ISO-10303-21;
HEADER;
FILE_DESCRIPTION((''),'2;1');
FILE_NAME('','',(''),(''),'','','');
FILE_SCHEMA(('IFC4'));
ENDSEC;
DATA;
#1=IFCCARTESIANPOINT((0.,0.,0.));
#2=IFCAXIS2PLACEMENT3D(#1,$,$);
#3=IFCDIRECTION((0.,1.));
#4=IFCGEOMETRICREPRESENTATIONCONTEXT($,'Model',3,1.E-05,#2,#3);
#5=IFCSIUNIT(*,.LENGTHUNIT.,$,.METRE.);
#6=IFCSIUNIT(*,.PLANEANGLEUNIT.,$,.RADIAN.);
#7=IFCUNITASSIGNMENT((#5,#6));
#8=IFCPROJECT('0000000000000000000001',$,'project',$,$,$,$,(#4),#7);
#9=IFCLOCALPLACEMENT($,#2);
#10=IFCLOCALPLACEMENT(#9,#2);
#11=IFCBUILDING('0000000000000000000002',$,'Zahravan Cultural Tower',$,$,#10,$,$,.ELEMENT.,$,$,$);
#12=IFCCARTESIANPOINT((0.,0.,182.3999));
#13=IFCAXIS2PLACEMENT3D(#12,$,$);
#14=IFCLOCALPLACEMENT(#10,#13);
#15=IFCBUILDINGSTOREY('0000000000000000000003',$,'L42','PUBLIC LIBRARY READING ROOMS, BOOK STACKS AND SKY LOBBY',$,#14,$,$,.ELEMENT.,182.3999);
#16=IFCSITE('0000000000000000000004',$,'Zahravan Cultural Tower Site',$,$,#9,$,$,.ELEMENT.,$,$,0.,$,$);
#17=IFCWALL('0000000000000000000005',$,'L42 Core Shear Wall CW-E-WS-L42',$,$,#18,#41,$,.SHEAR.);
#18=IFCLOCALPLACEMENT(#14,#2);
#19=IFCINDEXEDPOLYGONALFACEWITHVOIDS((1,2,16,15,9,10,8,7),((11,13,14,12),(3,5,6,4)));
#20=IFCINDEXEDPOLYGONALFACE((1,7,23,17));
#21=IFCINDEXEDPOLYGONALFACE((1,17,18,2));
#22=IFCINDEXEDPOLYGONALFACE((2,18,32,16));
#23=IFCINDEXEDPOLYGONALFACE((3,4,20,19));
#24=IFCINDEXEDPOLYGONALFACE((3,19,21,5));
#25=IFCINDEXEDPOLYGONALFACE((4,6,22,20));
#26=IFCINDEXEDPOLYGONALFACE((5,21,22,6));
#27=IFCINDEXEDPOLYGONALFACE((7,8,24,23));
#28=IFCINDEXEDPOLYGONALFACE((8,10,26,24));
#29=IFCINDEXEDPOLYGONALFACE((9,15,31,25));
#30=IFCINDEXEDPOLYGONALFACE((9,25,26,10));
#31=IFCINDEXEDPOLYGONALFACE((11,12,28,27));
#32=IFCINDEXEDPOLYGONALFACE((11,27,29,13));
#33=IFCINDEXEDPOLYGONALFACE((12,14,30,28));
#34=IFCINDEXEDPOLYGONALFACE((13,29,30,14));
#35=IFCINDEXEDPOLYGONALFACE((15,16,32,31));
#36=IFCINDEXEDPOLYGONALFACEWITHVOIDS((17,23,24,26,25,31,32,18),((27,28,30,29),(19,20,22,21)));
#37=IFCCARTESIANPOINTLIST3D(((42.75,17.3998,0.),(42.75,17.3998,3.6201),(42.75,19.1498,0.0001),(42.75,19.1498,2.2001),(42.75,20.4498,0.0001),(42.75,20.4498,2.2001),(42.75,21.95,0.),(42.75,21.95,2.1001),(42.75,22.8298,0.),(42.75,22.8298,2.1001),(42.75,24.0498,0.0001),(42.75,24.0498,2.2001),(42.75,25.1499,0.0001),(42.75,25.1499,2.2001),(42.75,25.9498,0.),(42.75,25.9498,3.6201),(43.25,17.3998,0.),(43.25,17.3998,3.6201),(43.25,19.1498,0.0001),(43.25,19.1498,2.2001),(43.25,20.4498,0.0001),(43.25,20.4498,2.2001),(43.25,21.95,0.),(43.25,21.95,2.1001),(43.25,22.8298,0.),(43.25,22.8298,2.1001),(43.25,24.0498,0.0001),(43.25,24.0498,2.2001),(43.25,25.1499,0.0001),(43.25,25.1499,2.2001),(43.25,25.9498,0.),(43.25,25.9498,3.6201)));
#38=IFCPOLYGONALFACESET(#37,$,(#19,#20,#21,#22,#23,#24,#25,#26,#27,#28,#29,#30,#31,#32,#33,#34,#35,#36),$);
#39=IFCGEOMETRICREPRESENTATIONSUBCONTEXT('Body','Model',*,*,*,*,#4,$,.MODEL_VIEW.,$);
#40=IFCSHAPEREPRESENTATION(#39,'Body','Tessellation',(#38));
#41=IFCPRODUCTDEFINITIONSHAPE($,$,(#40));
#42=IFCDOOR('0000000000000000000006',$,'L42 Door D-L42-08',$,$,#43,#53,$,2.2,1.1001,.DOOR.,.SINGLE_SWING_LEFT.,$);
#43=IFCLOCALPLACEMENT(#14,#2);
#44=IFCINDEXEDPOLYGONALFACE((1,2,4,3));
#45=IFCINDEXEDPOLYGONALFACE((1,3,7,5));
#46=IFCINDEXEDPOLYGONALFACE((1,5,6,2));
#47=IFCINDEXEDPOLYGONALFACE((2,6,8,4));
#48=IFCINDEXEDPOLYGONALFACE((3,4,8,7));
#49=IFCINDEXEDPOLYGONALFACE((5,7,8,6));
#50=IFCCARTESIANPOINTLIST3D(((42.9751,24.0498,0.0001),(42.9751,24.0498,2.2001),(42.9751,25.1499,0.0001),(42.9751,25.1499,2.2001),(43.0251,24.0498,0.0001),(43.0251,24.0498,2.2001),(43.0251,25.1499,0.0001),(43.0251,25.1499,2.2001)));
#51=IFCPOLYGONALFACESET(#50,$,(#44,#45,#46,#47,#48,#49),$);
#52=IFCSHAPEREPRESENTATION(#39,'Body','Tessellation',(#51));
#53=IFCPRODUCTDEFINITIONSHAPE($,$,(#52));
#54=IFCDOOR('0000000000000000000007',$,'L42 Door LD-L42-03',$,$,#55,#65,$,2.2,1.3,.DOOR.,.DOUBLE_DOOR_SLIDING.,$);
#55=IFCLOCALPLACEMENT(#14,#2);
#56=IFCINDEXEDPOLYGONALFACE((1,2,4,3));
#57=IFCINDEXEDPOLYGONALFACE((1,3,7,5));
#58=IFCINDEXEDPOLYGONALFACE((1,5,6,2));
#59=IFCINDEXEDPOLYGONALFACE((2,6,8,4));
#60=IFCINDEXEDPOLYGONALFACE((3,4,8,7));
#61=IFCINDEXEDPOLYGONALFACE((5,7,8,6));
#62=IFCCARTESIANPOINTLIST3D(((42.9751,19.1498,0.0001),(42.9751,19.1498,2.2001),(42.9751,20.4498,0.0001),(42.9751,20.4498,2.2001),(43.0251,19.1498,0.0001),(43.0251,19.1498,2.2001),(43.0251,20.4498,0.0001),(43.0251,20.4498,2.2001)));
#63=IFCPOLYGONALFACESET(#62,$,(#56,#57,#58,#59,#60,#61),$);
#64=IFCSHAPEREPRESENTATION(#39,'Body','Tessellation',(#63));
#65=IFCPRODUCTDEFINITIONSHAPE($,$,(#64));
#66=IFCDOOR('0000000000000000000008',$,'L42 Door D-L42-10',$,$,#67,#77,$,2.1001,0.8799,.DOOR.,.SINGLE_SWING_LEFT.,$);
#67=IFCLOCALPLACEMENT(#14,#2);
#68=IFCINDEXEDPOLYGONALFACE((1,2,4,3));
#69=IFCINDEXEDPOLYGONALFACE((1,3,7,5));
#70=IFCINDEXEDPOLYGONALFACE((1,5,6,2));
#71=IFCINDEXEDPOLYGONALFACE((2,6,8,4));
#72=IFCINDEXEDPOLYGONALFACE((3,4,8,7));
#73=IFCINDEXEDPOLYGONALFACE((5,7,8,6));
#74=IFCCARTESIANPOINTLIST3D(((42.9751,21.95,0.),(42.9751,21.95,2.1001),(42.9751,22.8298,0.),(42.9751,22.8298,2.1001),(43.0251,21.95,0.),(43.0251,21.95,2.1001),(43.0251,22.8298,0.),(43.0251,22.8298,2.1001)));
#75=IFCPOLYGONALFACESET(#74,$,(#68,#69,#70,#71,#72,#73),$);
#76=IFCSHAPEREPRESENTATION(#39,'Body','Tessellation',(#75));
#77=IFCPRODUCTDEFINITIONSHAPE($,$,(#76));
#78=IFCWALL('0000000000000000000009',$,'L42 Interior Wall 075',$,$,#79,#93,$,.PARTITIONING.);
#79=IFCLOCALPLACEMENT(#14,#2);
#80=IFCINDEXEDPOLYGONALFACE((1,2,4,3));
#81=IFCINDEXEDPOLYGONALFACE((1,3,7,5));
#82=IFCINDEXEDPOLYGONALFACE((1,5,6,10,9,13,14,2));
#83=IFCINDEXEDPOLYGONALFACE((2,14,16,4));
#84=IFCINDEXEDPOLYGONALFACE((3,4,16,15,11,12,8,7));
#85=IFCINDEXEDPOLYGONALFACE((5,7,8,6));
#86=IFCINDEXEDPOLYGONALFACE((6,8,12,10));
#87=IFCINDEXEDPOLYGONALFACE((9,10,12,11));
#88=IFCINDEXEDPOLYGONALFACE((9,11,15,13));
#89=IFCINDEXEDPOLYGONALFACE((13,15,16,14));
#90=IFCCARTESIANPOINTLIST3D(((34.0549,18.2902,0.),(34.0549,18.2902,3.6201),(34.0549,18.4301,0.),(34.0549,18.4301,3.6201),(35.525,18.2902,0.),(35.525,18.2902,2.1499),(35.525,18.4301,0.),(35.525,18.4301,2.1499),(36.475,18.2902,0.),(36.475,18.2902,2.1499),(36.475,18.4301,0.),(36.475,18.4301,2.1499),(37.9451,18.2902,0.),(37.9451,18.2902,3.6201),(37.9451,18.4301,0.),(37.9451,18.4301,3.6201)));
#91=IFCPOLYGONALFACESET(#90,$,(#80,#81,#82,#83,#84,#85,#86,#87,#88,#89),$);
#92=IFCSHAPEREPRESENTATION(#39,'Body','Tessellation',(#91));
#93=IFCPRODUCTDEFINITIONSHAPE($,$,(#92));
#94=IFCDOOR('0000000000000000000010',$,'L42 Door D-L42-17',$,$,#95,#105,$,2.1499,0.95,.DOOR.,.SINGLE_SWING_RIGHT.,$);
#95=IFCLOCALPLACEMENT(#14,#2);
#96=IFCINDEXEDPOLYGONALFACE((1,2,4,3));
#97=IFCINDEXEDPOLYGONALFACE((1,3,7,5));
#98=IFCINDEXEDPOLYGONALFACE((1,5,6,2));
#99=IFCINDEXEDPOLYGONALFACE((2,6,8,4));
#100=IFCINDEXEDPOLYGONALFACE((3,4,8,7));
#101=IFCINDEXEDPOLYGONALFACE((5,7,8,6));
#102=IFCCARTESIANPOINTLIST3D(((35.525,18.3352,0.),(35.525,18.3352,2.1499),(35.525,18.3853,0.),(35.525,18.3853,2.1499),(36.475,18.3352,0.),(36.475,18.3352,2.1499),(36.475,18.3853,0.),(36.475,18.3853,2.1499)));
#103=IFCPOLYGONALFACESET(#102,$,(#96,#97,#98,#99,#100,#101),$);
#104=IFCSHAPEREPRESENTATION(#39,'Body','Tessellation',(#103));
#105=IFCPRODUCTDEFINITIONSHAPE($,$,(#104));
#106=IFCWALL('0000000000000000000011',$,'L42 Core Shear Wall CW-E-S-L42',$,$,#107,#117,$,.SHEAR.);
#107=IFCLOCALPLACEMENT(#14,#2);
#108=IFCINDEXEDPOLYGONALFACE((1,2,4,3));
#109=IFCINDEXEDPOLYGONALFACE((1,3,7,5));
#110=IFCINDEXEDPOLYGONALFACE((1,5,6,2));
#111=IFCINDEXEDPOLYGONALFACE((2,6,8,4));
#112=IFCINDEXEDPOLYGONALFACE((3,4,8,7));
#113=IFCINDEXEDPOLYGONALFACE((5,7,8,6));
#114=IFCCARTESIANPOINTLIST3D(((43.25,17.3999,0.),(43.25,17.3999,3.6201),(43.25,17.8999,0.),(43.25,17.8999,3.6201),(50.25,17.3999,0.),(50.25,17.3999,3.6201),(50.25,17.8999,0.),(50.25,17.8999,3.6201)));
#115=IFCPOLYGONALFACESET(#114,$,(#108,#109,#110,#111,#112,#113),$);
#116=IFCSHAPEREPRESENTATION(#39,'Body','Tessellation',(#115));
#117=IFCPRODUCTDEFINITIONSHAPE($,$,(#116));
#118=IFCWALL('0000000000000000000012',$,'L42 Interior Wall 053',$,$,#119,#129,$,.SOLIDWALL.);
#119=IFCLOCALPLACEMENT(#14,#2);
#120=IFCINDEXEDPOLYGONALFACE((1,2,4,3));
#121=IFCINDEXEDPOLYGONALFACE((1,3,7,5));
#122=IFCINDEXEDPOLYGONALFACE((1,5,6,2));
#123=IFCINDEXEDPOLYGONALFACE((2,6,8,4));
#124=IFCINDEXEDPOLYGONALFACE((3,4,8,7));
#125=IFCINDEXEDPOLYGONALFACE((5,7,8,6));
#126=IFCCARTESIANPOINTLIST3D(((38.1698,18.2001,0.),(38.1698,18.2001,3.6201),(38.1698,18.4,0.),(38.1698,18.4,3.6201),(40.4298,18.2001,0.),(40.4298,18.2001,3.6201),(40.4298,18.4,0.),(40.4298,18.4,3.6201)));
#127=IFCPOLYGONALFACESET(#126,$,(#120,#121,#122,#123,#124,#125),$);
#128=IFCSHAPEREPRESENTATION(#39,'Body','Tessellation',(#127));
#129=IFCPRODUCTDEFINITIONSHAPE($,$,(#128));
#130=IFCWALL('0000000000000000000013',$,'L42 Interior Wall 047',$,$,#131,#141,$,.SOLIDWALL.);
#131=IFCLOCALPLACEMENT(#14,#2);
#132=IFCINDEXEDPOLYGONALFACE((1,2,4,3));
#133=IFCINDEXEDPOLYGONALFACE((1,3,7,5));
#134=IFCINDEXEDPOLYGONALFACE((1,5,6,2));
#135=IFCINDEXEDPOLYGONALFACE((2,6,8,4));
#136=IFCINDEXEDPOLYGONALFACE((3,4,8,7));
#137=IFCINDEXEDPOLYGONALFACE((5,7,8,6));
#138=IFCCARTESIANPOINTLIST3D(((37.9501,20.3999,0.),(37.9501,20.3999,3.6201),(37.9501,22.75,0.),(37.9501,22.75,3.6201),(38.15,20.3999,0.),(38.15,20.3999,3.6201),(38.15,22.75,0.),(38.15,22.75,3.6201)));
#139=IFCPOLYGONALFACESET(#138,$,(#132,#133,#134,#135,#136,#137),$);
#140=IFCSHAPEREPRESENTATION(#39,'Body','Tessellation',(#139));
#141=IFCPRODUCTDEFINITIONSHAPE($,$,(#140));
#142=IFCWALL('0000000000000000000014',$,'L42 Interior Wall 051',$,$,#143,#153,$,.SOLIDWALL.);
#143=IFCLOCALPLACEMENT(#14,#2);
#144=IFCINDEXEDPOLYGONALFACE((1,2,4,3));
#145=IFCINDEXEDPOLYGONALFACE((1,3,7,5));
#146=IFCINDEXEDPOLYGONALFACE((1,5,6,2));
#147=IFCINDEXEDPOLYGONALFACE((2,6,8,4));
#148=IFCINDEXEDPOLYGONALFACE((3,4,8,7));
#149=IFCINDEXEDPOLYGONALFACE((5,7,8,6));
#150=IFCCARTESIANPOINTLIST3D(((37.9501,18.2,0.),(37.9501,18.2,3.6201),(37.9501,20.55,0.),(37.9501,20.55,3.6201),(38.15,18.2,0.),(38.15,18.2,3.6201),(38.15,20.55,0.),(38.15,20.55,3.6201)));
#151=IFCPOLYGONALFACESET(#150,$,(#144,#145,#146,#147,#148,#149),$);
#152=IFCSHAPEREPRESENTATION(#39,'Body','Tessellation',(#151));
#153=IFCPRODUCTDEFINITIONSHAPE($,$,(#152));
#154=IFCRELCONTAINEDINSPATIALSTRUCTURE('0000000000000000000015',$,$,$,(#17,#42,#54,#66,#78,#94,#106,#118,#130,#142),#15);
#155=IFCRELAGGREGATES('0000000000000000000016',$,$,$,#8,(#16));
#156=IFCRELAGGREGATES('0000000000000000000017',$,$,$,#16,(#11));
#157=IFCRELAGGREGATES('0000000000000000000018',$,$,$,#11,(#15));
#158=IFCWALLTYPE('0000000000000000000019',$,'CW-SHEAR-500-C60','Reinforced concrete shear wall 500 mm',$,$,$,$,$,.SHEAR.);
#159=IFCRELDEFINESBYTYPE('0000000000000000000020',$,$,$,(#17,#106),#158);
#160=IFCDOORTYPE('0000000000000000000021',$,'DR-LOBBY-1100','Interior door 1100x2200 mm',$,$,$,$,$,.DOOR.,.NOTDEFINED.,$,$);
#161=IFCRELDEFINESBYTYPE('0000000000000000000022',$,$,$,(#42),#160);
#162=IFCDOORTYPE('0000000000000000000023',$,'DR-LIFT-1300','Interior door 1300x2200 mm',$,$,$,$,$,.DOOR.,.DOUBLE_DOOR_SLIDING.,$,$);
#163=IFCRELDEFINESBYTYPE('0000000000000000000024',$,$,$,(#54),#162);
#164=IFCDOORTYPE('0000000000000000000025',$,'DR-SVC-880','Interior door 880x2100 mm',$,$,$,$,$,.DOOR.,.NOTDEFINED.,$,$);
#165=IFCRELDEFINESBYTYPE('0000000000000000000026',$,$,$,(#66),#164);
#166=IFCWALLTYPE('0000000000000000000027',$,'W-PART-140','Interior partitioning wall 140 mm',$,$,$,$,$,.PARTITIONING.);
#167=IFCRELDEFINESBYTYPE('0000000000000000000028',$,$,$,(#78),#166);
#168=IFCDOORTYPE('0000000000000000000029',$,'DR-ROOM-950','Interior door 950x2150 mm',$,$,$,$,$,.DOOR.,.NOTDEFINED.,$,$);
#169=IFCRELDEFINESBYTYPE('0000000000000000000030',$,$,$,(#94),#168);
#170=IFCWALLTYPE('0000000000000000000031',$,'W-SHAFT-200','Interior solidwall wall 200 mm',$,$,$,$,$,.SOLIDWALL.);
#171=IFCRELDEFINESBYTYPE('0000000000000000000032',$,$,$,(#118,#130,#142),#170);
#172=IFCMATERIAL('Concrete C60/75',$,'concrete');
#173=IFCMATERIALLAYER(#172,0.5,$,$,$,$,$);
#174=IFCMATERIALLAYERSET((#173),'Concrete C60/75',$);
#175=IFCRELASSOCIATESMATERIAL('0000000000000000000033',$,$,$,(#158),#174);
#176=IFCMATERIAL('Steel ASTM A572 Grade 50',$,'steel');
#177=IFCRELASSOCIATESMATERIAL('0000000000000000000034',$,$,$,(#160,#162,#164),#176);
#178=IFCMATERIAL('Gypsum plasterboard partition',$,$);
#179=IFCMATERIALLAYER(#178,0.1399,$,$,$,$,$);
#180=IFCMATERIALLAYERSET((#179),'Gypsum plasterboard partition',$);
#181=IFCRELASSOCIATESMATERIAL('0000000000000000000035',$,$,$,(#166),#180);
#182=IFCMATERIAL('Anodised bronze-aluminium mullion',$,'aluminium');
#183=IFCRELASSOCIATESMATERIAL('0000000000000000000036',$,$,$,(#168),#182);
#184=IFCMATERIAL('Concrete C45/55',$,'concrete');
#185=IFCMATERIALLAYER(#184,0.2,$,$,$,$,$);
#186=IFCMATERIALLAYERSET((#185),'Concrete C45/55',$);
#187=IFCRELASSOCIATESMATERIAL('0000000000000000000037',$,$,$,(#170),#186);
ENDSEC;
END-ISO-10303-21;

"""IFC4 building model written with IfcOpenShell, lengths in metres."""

from ifc_helpers import new_model, si_unit, direction, frame, frame_2d, origin, place, context, subcontext, project, spatial, rectangle, extrude, source, transform, mapped, material, layer, layer_set, type_object, element, fill, save


model = new_model("IFC4")

# Units and contexts
model_context = context("Model", 3, precision=1e-05, world=origin(), true_north=direction((0.0, 1.0)))
body_context = subcontext(model_context, "Body", "Model", "MODEL_VIEW")
ifc_project = project(units=[si_unit("LENGTHUNIT", "METRE"), si_unit("PLANEANGLEUNIT", "RADIAN")], contexts=[model_context])

# Site, building, storey
site_placement = place(None, origin())
site = spatial("IfcSite", under=ifc_project, at=site_placement, Name="Zahravan Cultural Tower Site", CompositionType="ELEMENT", RefElevation=0.0)
building_placement = place(site_placement, origin())
building = spatial("IfcBuilding", under=site, at=building_placement, Name="Zahravan Cultural Tower", CompositionType="ELEMENT")
storey_placement = place(building_placement, frame((0.0, 0.0, 182.3999)))
storey = spatial("IfcBuildingStorey", under=building, at=storey_placement, Name="L42", Description="PUBLIC LIBRARY READING ROOMS, BOOK STACKS AND SKY LOBBY", CompositionType="ELEMENT", Elevation=182.3999)

# Wall, openings, doors
ifc_material_1 = material(Name="Concrete C60/75", Category="concrete")
ifc_layer_1 = layer(ifc_material_1, 0.5)
ifc_layer_set_1 = layer_set([ifc_layer_1], Name="Concrete C60/75")
wall_type_1 = type_object("IfcWallType", Name="CW-SHEAR-500-C60", Description="Reinforced concrete shear wall 500 mm", PredefinedType="SHEAR", material=ifc_layer_set_1)
wall_1_placement = place(storey_placement, frame((43.0, 17.3999, 0.0), z_axis=(0.0, 0.0, 1.0), x_axis=(0.0, 1.0, 0.0)))
wall_1 = element("IfcWall", 1, at=wall_1_placement, inside=storey, type_object=wall_type_1, Name="L42 Core Shear Wall CW-E-WS-L42", PredefinedType="SHEAR", context=body_context, shape_type="SweptSolid", body=[
    extrude(rectangle(XDim=8.55, YDim=0.5, at=frame_2d((4.2749, 0.0))), origin(), (0.0, 0.0, 1.0), 3.6201),
])
opening_1_placement = place(wall_1_placement, frame((6.6499, 0.0, 0.0)))
opening_1 = element("IfcOpeningElement", 2, at=opening_1_placement, cuts=wall_1, PredefinedType="OPENING", context=body_context, shape_type="SweptSolid", body=[
    extrude(rectangle(XDim=1.1001, YDim=2.2, at=frame_2d((0.55, 1.1001))), frame((0.0, 0.26, 0.0), z_axis=(0.0, -1.0, 0.0), x_axis=(1.0, 0.0, 0.0)), (0.0, 0.0, 1.0), 0.52),
])
opening_2_placement = place(wall_1_placement, frame((1.75, 0.0, 0.0)))
opening_2 = element("IfcOpeningElement", 3, at=opening_2_placement, cuts=wall_1, PredefinedType="OPENING", context=body_context, shape_type="SweptSolid", body=[
    extrude(rectangle(XDim=1.3, YDim=2.2, at=frame_2d((0.6499, 1.1001))), frame((0.0, 0.26, 0.0), z_axis=(0.0, -1.0, 0.0), x_axis=(1.0, 0.0, 0.0)), (0.0, 0.0, 1.0), 0.52),
])
opening_3_placement = place(wall_1_placement, frame((4.55, 0.0, 0.0)))
opening_3 = element("IfcOpeningElement", 4, at=opening_3_placement, cuts=wall_1, PredefinedType="OPENING", context=body_context, shape_type="SweptSolid", body=[
    extrude(rectangle(XDim=0.8799, YDim=2.1001, at=frame_2d((0.4399, 1.05))), frame((0.0, 0.26, 0.0), z_axis=(0.0, -1.0, 0.0), x_axis=(1.0, 0.0, 0.0)), (0.0, 0.0, 1.0), 0.52),
])
ifc_material_2 = material(Name="Steel ASTM A572 Grade 50", Category="steel")
door_type_1 = type_object("IfcDoorType", Name="DR-LOBBY-1100", Description="Interior door 1100x2200 mm", OperationType="NOTDEFINED", PredefinedType="DOOR", material=ifc_material_2)
shared_shape_1 = source(origin(), body_context, "Body", "SweptSolid", [
    extrude(rectangle(XDim=1.1001, YDim=2.2, at=frame_2d((0.55, 1.1001))), frame((0.0, 0.0249, 0.0), z_axis=(0.0, -1.0, 0.0), x_axis=(1.0, 0.0, 0.0)), (0.0, 0.0, 1.0), 0.05),
])
door_1_placement = place(opening_1_placement, origin())
door_1 = element("IfcDoor", 5, at=door_1_placement, inside=storey, type_object=door_type_1, Name="L42 Door D-L42-08", OperationType="SINGLE_SWING_LEFT", OverallHeight=2.2, OverallWidth=1.1001, PredefinedType="DOOR", context=body_context, shape_type="MappedRepresentation", body=[
    mapped(shared_shape_1, transform((0.0, 0.0, 0.0), x_axis=(1.0, 0.0, 0.0), y_axis=(0.0, 1.0, 0.0), z_axis=(0.0, 0.0, 1.0), scale=1.0)),
])
fill(opening_1, door_1)
door_type_2 = type_object("IfcDoorType", Name="DR-LIFT-1300", Description="Interior door 1300x2200 mm", OperationType="DOUBLE_DOOR_SLIDING", PredefinedType="DOOR", material=ifc_material_2)
shared_shape_2 = source(origin(), body_context, "Body", "SweptSolid", [
    extrude(rectangle(XDim=1.3, YDim=2.2, at=frame_2d((0.6499, 1.1001))), frame((0.0, 0.0249, 0.0), z_axis=(0.0, -1.0, 0.0), x_axis=(1.0, 0.0, 0.0)), (0.0, 0.0, 1.0), 0.05),
])
door_2_placement = place(opening_2_placement, origin())
door_2 = element("IfcDoor", 6, at=door_2_placement, inside=storey, type_object=door_type_2, Name="L42 Door LD-L42-03", OperationType="DOUBLE_DOOR_SLIDING", OverallHeight=2.2, OverallWidth=1.3, PredefinedType="DOOR", context=body_context, shape_type="MappedRepresentation", body=[
    mapped(shared_shape_2, transform((0.0, 0.0, 0.0), x_axis=(1.0, 0.0, 0.0), y_axis=(0.0, 1.0, 0.0), z_axis=(0.0, 0.0, 1.0), scale=1.0)),
])
fill(opening_2, door_2)
door_type_3 = type_object("IfcDoorType", Name="DR-SVC-880", Description="Interior door 880x2100 mm", OperationType="NOTDEFINED", PredefinedType="DOOR", material=ifc_material_2)
shared_shape_3 = source(origin(), body_context, "Body", "SweptSolid", [
    extrude(rectangle(XDim=0.8799, YDim=2.1001, at=frame_2d((0.4399, 1.05))), frame((0.0, 0.0249, 0.0), z_axis=(0.0, -1.0, 0.0), x_axis=(1.0, 0.0, 0.0)), (0.0, 0.0, 1.0), 0.05),
])
door_3_placement = place(opening_3_placement, origin())
door_3 = element("IfcDoor", 7, at=door_3_placement, inside=storey, type_object=door_type_3, Name="L42 Door D-L42-10", OperationType="SINGLE_SWING_LEFT", OverallHeight=2.1001, OverallWidth=0.8799, PredefinedType="DOOR", context=body_context, shape_type="MappedRepresentation", body=[
    mapped(shared_shape_3, transform((0.0, 0.0, 0.0), x_axis=(1.0, 0.0, 0.0), y_axis=(0.0, 1.0, 0.0), z_axis=(0.0, 0.0, 1.0), scale=1.0)),
])
fill(opening_3, door_3)

# Wall, opening, door
ifc_material_3 = material(Name="Gypsum plasterboard partition")
ifc_layer_2 = layer(ifc_material_3, 0.1399)
ifc_layer_set_2 = layer_set([ifc_layer_2], Name="Gypsum plasterboard partition")
wall_type_2 = type_object("IfcWallType", Name="W-PART-140", Description="Interior partitioning wall 140 mm", PredefinedType="PARTITIONING", material=ifc_layer_set_2)
wall_2_placement = place(storey_placement, frame((37.9451, 18.3601, 0.0), z_axis=(0.0, 0.0, 1.0), x_axis=(-1.0, 0.0, 0.0)))
wall_2 = element("IfcWall", 8, at=wall_2_placement, inside=storey, type_object=wall_type_2, Name="L42 Interior Wall 075", PredefinedType="PARTITIONING", context=body_context, shape_type="SweptSolid", body=[
    extrude(rectangle(XDim=3.8901, YDim=0.1399, at=frame_2d((1.9451, 0.0))), origin(), (0.0, 0.0, 1.0), 3.6201),
])
opening_4_placement = place(wall_2_placement, frame((1.47, 0.0, 0.0)))
opening_4 = element("IfcOpeningElement", 9, at=opening_4_placement, cuts=wall_2, PredefinedType="OPENING", context=body_context, shape_type="SweptSolid", body=[
    extrude(rectangle(XDim=0.95, YDim=2.1499, at=frame_2d((0.4751, 1.075))), frame((0.0, 0.0798, 0.0), z_axis=(0.0, -1.0, 0.0), x_axis=(1.0, 0.0, 0.0)), (0.0, 0.0, 1.0), 0.1599),
])
ifc_material_4 = material(Name="Anodised bronze-aluminium mullion", Category="aluminium")
door_type_4 = type_object("IfcDoorType", Name="DR-ROOM-950", Description="Interior door 950x2150 mm", OperationType="NOTDEFINED", PredefinedType="DOOR", material=ifc_material_4)
shared_shape_4 = source(origin(), body_context, "Body", "SweptSolid", [
    extrude(rectangle(XDim=0.95, YDim=2.1499, at=frame_2d((0.4751, 1.075))), frame((0.0, 0.0249, 0.0), z_axis=(0.0, -1.0, 0.0), x_axis=(1.0, 0.0, 0.0)), (0.0, 0.0, 1.0), 0.05),
])
door_4_placement = place(opening_4_placement, origin())
door_4 = element("IfcDoor", 10, at=door_4_placement, inside=storey, type_object=door_type_4, Name="L42 Door D-L42-17", OperationType="SINGLE_SWING_RIGHT", OverallHeight=2.1499, OverallWidth=0.95, PredefinedType="DOOR", context=body_context, shape_type="MappedRepresentation", body=[
    mapped(shared_shape_4, transform((0.0, 0.0, 0.0), x_axis=(1.0, 0.0, 0.0), y_axis=(0.0, 1.0, 0.0), z_axis=(0.0, 0.0, 1.0), scale=1.0)),
])
fill(opening_4, door_4)
ifc_material_5 = material(Name="Concrete C45/55", Category="concrete")
ifc_layer_3 = layer(ifc_material_5, 0.2)
ifc_layer_set_3 = layer_set([ifc_layer_3], Name="Concrete C45/55")
wall_type_3 = type_object("IfcWallType", Name="W-SHAFT-200", Description="Interior solidwall wall 200 mm", PredefinedType="SOLIDWALL", material=ifc_layer_set_3)

# Walls
shared_shape_5 = source(origin(), body_context, "Body", "SweptSolid", [
    extrude(rectangle(XDim=7.0, YDim=0.5, at=frame_2d((3.5, 0.0))), origin(), (0.0, 0.0, 1.0), 3.6201),
])
wall_3_placement = place(storey_placement, frame((43.25, 17.6499, 0.0), z_axis=(0.0, 0.0, 1.0), x_axis=(1.0, 0.0, 0.0)))
element("IfcWall", 11, at=wall_3_placement, inside=storey, type_object=wall_type_1, Name="L42 Core Shear Wall CW-E-S-L42", PredefinedType="SHEAR", context=body_context, shape_type="MappedRepresentation", body=[
    mapped(shared_shape_5, transform((0.0, 0.0, 0.0), x_axis=(1.0, 0.0, 0.0), y_axis=(0.0, 1.0, 0.0), z_axis=(0.0, 0.0, 1.0), scale=1.0)),
])
shared_shape_6 = source(origin(), body_context, "Body", "SweptSolid", [
    extrude(rectangle(XDim=2.26, YDim=0.2, at=frame_2d((1.1299, 0.0))), origin(), (0.0, 0.0, 1.0), 3.6201),
])
wall_4_placement = place(storey_placement, frame((38.1699, 18.3, 0.0), z_axis=(0.0, 0.0, 1.0), x_axis=(1.0, 0.0, 0.0)))
element("IfcWall", 12, at=wall_4_placement, inside=storey, type_object=wall_type_3, Name="L42 Interior Wall 053", PredefinedType="SOLIDWALL", context=body_context, shape_type="MappedRepresentation", body=[
    mapped(shared_shape_6, transform((0.0, 0.0, 0.0), x_axis=(1.0, 0.0, 0.0), y_axis=(0.0, 1.0, 0.0), z_axis=(0.0, 0.0, 1.0), scale=1.0)),
])
shared_shape_7 = source(origin(), body_context, "Body", "SweptSolid", [
    extrude(rectangle(XDim=2.3501, YDim=0.2, at=frame_2d((1.175, 0.0))), origin(), (0.0, 0.0, 1.0), 3.6201),
])
for number, where, z_axis, x_axis, name in (
    (13, (38.05, 20.3999, 0.0), (0.0, 0.0, 1.0), (0.0, 1.0, 0.0), "L42 Interior Wall 047"),
    (14, (38.05, 18.2, 0.0), (0.0, 0.0, 1.0), (0.0, 1.0, 0.0), "L42 Interior Wall 051"),
):
    element("IfcWall", number, at=place(storey_placement, frame(where, z_axis=z_axis, x_axis=x_axis)), inside=storey, type_object=wall_type_3, Name=name, PredefinedType="SOLIDWALL", context=body_context, shape_type="MappedRepresentation", body=[
        mapped(shared_shape_7, transform((0.0, 0.0, 0.0), x_axis=(1.0, 0.0, 0.0), y_axis=(0.0, 1.0, 0.0), z_axis=(0.0, 0.0, 1.0), scale=1.0)),
    ])

save(model, "model.ifc")
